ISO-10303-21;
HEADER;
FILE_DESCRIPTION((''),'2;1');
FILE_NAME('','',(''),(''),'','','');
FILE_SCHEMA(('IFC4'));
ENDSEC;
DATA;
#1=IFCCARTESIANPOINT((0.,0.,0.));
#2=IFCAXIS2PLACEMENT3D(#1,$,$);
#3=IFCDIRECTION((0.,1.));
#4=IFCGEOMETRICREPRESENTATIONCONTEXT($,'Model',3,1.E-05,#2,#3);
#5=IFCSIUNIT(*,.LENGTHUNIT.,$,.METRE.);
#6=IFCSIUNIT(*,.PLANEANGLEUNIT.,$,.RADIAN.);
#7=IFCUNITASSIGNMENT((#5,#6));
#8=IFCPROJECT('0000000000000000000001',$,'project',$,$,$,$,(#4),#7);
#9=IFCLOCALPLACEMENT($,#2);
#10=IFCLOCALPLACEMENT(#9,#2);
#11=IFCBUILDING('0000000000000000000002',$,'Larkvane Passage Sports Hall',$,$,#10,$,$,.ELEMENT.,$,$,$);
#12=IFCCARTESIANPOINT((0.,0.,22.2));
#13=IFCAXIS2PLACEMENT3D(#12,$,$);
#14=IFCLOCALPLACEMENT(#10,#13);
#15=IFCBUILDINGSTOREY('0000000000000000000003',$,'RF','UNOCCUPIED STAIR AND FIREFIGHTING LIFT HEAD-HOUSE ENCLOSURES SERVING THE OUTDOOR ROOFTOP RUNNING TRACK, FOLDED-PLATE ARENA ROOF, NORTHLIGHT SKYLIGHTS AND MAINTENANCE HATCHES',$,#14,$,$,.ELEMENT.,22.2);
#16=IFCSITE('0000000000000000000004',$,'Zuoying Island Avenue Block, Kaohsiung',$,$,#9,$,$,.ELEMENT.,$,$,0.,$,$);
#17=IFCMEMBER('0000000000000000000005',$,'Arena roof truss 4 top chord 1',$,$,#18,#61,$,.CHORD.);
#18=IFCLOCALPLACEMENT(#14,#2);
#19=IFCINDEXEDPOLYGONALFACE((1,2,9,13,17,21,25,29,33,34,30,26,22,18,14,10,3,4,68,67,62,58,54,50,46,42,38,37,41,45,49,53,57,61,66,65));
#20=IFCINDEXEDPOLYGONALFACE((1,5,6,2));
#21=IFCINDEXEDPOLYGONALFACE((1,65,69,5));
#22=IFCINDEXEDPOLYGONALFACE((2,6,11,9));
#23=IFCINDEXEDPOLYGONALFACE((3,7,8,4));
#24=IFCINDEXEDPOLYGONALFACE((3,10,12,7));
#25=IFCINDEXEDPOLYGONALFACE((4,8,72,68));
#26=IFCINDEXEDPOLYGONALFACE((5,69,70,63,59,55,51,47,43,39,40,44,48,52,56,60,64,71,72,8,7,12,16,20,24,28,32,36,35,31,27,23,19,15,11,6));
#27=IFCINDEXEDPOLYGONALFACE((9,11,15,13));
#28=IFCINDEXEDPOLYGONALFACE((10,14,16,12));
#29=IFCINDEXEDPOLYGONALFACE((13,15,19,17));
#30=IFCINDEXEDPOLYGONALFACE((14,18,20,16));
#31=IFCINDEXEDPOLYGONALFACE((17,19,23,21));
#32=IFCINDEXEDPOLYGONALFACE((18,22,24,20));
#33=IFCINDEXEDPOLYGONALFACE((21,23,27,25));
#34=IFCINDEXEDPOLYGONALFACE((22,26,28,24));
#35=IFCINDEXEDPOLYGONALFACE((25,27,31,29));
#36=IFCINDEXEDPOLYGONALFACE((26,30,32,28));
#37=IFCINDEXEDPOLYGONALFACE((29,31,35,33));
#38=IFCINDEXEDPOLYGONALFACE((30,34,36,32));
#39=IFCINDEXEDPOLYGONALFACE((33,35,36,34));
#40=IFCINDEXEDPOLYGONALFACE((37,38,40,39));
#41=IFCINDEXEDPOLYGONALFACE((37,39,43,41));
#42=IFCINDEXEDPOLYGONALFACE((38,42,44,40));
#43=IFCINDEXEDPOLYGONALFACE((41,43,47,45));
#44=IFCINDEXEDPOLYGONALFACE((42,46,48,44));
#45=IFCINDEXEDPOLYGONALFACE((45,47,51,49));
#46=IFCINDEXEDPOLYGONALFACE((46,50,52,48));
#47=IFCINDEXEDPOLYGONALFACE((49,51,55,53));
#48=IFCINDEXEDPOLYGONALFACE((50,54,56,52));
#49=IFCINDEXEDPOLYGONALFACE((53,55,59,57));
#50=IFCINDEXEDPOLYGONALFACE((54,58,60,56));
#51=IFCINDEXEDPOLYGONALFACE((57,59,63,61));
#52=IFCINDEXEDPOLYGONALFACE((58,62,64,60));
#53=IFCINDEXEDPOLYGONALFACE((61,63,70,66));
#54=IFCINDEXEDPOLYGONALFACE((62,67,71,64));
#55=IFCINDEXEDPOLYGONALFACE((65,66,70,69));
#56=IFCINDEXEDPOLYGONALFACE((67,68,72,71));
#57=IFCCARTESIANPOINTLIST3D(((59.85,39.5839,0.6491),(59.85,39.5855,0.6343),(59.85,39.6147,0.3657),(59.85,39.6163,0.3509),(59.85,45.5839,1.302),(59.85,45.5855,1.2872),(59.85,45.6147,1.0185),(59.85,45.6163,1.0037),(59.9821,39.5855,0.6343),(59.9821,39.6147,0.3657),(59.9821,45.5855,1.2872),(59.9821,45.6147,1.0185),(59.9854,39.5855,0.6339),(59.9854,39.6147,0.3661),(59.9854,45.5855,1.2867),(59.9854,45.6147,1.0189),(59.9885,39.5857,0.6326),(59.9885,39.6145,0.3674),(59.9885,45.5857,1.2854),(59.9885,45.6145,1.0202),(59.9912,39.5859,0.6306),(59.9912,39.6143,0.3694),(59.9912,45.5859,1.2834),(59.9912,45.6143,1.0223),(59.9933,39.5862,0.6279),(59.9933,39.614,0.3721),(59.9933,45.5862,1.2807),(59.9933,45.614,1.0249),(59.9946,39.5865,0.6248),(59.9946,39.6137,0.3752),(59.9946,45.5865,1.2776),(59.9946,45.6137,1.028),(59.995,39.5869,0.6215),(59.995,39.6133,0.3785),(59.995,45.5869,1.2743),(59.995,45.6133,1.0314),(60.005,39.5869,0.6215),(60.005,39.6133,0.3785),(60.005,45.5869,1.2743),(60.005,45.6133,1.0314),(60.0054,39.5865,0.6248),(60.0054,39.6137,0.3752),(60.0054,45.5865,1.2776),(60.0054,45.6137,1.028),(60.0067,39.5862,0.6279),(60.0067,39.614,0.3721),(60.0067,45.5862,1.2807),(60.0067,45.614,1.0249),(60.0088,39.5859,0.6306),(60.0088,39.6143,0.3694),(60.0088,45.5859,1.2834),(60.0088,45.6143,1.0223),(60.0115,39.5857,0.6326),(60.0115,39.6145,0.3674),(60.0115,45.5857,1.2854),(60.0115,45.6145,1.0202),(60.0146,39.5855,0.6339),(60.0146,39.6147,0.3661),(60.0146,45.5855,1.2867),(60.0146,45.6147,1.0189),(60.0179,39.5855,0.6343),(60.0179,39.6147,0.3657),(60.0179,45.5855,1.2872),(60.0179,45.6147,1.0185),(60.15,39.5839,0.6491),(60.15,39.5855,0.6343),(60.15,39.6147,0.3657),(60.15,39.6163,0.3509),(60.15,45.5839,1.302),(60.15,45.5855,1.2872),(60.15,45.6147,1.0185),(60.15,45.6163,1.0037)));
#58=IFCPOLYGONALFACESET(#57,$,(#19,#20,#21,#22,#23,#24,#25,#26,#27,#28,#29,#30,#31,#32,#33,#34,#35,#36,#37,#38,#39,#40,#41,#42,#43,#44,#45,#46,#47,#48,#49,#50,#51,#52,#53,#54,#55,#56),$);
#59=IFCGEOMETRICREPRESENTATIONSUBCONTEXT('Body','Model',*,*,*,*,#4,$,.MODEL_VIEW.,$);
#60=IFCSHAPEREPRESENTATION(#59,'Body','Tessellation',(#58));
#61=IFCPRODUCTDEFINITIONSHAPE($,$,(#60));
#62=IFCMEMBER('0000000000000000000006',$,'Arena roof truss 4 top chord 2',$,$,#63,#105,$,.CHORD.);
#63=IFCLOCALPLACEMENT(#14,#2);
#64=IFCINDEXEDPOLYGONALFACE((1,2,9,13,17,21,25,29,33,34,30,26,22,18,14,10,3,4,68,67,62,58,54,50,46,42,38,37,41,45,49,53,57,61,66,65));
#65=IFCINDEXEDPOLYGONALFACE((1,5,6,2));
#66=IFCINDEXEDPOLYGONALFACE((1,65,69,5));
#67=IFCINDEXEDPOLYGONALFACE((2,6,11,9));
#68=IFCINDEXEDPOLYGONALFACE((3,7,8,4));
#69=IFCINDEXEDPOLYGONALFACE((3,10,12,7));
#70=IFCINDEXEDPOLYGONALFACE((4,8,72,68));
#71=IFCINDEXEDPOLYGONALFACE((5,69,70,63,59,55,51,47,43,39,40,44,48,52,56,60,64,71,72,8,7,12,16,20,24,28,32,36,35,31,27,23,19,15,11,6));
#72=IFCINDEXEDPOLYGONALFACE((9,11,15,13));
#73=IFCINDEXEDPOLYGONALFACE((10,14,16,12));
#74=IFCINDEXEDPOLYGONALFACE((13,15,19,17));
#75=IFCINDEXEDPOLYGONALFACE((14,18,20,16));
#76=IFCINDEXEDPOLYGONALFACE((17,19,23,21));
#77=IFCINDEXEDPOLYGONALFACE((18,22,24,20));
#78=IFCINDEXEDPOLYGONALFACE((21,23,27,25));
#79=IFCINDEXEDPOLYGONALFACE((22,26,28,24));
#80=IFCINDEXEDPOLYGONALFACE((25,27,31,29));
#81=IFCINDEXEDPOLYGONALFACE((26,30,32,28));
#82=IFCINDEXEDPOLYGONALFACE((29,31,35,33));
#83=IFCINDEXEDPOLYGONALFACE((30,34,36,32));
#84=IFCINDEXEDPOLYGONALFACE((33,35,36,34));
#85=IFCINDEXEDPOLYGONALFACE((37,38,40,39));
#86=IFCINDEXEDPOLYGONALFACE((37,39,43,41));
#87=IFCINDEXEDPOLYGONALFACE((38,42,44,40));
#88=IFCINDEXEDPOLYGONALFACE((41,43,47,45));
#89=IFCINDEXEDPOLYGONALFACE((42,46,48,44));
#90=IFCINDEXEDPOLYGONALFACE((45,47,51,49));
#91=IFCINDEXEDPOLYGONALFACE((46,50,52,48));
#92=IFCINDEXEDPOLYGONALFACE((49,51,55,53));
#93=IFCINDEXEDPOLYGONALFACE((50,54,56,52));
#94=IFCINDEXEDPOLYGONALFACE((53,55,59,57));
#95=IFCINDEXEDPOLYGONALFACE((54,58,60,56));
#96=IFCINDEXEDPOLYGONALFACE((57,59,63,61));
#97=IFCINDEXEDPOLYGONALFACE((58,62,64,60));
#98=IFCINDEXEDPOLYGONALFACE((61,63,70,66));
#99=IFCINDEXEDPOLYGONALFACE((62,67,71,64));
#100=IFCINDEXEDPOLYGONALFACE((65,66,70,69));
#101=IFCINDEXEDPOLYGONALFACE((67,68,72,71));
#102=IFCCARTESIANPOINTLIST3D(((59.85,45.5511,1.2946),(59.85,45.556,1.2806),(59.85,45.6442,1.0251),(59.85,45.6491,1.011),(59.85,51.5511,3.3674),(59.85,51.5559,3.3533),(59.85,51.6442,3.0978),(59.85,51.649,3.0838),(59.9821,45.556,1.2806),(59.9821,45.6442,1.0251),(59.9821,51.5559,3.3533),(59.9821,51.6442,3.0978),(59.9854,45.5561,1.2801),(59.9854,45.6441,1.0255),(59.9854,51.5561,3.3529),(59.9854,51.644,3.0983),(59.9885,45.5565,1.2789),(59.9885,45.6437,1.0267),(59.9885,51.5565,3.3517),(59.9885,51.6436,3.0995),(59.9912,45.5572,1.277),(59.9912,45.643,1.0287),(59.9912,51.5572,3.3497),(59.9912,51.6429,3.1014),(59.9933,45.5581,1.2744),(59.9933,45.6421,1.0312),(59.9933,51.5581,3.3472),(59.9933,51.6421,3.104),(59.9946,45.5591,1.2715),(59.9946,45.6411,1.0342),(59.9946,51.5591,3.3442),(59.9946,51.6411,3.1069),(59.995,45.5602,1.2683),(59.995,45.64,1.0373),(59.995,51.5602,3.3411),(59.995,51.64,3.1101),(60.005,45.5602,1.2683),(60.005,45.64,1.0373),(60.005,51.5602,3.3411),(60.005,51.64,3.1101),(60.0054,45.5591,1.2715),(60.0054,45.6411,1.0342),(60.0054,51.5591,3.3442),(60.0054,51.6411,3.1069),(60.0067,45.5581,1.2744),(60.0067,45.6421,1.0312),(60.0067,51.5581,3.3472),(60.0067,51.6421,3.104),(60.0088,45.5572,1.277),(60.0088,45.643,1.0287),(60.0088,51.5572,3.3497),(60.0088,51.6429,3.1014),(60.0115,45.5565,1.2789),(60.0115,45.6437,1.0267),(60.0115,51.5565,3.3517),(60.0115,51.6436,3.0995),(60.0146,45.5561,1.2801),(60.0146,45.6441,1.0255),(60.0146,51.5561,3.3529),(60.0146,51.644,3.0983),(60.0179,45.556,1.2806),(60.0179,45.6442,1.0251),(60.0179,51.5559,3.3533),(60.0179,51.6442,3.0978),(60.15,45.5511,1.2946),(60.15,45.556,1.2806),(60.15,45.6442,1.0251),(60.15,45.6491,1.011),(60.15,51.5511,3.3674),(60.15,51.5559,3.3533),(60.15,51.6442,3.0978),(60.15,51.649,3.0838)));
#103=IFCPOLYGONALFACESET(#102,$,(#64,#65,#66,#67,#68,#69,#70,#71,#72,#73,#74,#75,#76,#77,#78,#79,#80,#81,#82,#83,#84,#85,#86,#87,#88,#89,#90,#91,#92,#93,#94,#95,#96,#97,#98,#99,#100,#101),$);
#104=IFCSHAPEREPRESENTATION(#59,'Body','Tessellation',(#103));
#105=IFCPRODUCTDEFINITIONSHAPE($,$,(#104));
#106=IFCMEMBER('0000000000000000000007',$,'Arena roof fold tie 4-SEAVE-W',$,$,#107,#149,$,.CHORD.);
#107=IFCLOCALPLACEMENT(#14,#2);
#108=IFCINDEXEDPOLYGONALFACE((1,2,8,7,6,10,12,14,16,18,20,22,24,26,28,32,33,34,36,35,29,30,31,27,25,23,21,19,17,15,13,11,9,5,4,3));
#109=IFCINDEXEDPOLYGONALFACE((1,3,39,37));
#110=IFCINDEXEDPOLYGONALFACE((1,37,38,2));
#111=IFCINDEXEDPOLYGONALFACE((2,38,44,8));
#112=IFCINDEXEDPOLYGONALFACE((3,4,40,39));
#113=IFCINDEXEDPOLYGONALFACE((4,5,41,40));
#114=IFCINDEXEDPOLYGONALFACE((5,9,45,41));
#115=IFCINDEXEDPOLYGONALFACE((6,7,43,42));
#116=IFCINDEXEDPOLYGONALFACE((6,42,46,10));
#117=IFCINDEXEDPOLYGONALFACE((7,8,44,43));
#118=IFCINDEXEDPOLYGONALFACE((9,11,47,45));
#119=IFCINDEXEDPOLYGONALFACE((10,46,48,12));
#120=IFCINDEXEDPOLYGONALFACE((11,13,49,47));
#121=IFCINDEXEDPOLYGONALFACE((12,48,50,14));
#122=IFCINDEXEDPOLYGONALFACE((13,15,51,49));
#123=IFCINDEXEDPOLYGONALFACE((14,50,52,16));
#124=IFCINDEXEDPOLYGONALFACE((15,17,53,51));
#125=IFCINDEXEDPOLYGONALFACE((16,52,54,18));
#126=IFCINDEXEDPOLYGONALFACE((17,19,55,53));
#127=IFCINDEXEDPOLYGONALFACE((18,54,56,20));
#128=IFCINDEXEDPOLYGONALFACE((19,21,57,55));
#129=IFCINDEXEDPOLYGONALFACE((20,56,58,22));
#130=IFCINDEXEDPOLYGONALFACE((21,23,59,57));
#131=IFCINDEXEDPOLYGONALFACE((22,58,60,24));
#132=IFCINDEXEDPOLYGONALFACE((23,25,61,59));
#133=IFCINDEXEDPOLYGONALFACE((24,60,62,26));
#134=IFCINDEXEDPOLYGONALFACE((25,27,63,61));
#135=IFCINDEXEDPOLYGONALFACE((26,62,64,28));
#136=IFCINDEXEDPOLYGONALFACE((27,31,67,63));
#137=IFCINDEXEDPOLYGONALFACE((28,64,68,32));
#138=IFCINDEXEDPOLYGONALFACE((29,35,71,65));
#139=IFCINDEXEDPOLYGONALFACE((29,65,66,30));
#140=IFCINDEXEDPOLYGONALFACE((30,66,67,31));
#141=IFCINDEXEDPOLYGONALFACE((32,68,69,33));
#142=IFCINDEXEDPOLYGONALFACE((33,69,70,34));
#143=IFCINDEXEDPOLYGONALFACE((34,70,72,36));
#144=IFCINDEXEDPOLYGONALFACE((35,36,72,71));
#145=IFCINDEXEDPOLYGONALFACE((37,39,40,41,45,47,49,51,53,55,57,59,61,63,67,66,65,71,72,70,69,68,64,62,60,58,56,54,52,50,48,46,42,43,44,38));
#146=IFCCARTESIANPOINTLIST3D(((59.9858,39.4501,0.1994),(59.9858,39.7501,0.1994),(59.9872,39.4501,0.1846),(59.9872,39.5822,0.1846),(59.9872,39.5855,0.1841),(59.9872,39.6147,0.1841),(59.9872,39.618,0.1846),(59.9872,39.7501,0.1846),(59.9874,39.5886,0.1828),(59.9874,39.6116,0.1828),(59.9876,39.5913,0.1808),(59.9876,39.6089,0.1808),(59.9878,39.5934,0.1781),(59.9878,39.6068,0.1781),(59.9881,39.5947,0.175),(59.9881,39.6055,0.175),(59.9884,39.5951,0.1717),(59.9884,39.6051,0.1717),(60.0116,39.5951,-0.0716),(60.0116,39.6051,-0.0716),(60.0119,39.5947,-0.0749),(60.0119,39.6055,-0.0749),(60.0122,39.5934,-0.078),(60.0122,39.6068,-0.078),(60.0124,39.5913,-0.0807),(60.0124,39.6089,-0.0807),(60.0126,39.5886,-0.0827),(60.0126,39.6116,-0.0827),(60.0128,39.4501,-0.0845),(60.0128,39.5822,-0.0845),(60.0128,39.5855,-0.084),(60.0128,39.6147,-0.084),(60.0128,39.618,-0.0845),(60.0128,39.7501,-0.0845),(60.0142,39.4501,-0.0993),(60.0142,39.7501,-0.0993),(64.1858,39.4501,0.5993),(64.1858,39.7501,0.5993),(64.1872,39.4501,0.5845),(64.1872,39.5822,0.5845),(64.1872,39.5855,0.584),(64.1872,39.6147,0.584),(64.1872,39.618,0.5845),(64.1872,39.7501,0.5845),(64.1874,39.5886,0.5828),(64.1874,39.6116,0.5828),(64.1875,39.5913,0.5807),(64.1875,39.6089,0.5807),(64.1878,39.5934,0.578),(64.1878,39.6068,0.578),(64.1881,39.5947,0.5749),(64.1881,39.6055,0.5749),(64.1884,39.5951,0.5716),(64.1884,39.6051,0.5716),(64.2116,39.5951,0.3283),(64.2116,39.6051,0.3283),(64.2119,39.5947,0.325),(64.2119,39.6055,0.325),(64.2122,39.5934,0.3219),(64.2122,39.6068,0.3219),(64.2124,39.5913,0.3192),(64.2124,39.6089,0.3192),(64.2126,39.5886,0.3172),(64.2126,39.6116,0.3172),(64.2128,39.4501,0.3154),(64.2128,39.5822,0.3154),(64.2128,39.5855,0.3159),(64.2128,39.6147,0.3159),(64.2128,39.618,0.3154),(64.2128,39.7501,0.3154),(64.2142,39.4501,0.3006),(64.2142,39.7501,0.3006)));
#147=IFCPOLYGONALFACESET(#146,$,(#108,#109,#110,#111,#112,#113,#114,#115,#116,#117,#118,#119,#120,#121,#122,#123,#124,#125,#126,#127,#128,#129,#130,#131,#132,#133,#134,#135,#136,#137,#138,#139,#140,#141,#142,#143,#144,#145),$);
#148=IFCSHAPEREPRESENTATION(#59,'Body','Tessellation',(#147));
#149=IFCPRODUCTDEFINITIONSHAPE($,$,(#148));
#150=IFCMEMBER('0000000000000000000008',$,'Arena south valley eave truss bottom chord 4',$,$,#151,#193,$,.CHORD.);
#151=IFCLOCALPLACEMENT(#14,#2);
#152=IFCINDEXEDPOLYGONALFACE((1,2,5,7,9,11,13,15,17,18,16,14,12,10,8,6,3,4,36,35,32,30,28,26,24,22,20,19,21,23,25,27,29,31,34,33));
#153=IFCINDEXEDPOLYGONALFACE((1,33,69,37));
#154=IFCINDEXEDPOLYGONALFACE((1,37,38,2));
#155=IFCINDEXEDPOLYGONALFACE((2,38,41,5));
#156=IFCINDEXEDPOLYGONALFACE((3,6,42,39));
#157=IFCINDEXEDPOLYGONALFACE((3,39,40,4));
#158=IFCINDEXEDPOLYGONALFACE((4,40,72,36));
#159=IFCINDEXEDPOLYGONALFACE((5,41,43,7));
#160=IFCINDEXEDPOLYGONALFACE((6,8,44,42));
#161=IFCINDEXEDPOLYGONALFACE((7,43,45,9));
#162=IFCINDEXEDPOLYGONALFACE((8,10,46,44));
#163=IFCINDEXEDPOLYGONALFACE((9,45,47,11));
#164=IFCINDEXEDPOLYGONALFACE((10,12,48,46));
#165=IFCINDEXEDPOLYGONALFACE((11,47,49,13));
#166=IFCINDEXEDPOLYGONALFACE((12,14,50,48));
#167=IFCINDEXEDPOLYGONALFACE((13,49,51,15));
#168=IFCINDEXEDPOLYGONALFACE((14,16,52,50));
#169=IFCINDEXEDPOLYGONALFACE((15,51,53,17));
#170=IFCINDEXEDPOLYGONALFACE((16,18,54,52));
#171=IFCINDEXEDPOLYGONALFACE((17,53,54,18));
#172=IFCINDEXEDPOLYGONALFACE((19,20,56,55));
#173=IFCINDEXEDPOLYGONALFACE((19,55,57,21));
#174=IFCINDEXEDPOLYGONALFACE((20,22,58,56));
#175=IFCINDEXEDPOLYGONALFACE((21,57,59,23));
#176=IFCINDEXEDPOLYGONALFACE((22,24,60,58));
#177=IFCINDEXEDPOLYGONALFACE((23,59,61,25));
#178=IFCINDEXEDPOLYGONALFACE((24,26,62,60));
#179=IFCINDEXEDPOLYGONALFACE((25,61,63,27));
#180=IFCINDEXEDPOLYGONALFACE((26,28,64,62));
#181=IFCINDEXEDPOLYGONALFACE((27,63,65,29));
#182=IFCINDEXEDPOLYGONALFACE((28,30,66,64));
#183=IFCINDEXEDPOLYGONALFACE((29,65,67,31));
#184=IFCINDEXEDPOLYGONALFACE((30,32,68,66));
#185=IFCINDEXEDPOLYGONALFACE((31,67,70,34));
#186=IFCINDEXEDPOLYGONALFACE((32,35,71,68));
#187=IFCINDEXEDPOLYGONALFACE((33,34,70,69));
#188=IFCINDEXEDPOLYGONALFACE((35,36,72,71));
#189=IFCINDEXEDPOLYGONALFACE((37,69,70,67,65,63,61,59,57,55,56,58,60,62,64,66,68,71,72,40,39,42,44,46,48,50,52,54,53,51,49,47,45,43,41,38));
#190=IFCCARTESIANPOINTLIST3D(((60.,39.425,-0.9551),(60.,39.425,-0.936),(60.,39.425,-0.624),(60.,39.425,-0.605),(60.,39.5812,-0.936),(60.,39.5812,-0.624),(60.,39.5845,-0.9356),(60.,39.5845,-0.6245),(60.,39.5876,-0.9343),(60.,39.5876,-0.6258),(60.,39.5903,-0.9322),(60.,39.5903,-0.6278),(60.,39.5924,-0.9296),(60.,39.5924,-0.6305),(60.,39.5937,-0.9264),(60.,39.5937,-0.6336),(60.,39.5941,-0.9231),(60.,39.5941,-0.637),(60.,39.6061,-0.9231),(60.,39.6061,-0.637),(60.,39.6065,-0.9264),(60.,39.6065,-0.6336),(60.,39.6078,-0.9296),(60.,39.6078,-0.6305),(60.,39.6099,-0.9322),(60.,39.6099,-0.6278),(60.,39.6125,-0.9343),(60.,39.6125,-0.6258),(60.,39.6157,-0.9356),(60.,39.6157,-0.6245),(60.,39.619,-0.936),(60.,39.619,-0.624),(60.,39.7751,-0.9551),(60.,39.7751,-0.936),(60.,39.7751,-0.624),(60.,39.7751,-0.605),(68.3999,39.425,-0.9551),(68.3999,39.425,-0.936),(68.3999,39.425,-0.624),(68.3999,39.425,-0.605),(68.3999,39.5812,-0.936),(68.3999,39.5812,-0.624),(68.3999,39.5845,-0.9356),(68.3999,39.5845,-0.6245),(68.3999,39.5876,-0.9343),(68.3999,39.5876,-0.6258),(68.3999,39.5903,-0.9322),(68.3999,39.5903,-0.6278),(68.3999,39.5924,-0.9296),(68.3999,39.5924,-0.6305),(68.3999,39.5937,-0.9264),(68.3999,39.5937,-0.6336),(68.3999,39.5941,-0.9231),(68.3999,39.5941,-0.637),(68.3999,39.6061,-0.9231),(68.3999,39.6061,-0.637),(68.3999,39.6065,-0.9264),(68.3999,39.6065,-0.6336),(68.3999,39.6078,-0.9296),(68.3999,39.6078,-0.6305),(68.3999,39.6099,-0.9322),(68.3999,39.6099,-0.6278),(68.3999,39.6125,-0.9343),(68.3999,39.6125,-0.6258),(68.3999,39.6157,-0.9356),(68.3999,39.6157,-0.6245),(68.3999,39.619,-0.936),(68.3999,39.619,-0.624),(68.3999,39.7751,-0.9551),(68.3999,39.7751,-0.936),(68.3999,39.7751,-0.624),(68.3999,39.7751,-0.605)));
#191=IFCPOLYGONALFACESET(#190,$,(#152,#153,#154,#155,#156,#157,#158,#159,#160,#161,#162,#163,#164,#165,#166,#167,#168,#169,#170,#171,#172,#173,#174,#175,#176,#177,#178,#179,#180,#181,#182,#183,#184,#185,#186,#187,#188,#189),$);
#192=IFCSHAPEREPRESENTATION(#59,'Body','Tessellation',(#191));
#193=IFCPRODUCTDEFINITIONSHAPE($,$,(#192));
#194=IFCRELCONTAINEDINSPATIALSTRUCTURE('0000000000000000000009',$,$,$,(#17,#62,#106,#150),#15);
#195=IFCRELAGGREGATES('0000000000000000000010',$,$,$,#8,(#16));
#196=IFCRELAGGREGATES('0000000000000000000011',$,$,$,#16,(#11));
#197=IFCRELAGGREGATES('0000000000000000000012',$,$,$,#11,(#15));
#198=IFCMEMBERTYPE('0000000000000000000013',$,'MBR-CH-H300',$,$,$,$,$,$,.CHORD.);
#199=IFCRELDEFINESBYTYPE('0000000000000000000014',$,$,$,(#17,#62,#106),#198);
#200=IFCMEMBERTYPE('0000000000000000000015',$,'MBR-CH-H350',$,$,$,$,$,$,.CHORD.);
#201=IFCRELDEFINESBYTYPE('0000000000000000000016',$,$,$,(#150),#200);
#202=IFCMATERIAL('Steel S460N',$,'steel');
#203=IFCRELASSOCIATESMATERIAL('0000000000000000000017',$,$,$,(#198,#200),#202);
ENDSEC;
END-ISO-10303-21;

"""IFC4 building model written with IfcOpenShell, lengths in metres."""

from ifc_helpers import new_model, si_unit, direction, frame, origin, origin_2d, place, context, subcontext, project, spatial, i_section, extrude, material, material_profile, profile_set, type_object, element, save


model = new_model("IFC4")

# Units and contexts
model_context = context("Model", 3, precision=1e-05, world=origin(), true_north=direction((0.0, 1.0)))
body_context = subcontext(model_context, "Body", "Model", "MODEL_VIEW")
ifc_project = project(units=[si_unit("LENGTHUNIT", "METRE"), si_unit("PLANEANGLEUNIT", "RADIAN")], contexts=[model_context])

# Site, building, storey
site_placement = place(None, origin())
site = spatial("IfcSite", under=ifc_project, at=site_placement, Name="Zuoying Island Avenue Block, Kaohsiung", CompositionType="ELEMENT", RefElevation=0.0)
building_placement = place(site_placement, origin())
building = spatial("IfcBuilding", under=site, at=building_placement, Name="Larkvane Passage Sports Hall", CompositionType="ELEMENT")
storey_placement = place(building_placement, frame((0.0, 0.0, 22.2)))
storey = spatial("IfcBuildingStorey", under=building, at=storey_placement, Name="RF", Description="UNOCCUPIED STAIR AND FIREFIGHTING LIFT HEAD-HOUSE ENCLOSURES SERVING THE OUTDOOR ROOFTOP RUNNING TRACK, FOLDED-PLATE ARENA ROOF, NORTHLIGHT SKYLIGHTS AND MAINTENANCE HATCHES", CompositionType="ELEMENT", Elevation=22.2)

# Members
ifc_material_1 = material(Name="Steel S460N", Category="steel")
ifc_material_profile_1 = material_profile(ifc_material_1, i_section(OverallWidth=0.3, OverallDepth=0.3, WebThickness=0.01, FlangeThickness=0.0149, FilletRadius=0.0129, at=origin_2d()), Name="H-300x300x10x15")
ifc_profile_set_1 = profile_set([ifc_material_profile_1], Name="Steel S460N")
member_type_1 = type_object("IfcMemberType", Name="MBR-CH-H300", PredefinedType="CHORD", material=ifc_profile_set_1)
member_1_placement = place(storey_placement, frame((60.0, 39.6001, 0.5), z_axis=(0.0, 0.994133, 0.108167), x_axis=(-1.0, 0.0, 0.0)))
element("IfcMember", 1, at=member_1_placement, inside=storey, type_object=member_type_1, Name="Arena roof truss 4 top chord 1", PredefinedType="CHORD", context=body_context, shape_type="SweptSolid", body=[
    extrude(i_section(OverallWidth=0.3, OverallDepth=0.3, WebThickness=0.01, FlangeThickness=0.0149, FilletRadius=0.0129, at=origin_2d()), origin(), (0.0, 0.0, 1.0), 6.0354),
])
member_2_placement = place(storey_placement, frame((60.0, 45.6001, 1.1528), z_axis=(0.0, 0.945189, 0.326524), x_axis=(-1.0, 0.0, 0.0)))
element("IfcMember", 2, at=member_2_placement, inside=storey, type_object=member_type_1, Name="Arena roof truss 4 top chord 2", PredefinedType="CHORD", context=body_context, shape_type="SweptSolid", body=[
    extrude(i_section(OverallWidth=0.3, OverallDepth=0.3, WebThickness=0.01, FlangeThickness=0.0149, FilletRadius=0.0129, at=origin_2d()), origin(), (0.0, 0.0, 1.0), 6.3479),
])
member_3_placement = place(storey_placement, frame((60.0, 39.6001, 0.05), z_axis=(0.995498, 0.0, 0.094787), x_axis=(0.0, 1.0, 0.0)))
element("IfcMember", 3, at=member_3_placement, inside=storey, type_object=member_type_1, Name="Arena roof fold tie 4-SEAVE-W", PredefinedType="CHORD", context=body_context, shape_type="SweptSolid", body=[
    extrude(i_section(OverallWidth=0.3, OverallDepth=0.3, WebThickness=0.01, FlangeThickness=0.0149, FilletRadius=0.0129, at=origin_2d()), origin(), (0.0, 0.0, 1.0), 4.219),
])
ifc_material_profile_2 = material_profile(ifc_material_1, i_section(OverallWidth=0.3501, OverallDepth=0.3501, WebThickness=0.012, FlangeThickness=0.019, FilletRadius=0.0129, at=origin_2d()), Name="H-350x350x12x19")
ifc_profile_set_2 = profile_set([ifc_material_profile_2], Name="Steel S460N")
member_type_2 = type_object("IfcMemberType", Name="MBR-CH-H350", PredefinedType="CHORD", material=ifc_profile_set_2)
for number, where, z_axis, x_axis, name in (
    (4, (60.0, 39.6001, -0.78), (1.0, 0.0, 0.0), (0.0, 1.0, 0.0), "Arena south valley eave truss bottom chord 4"),
):
    element("IfcMember", number, at=place(storey_placement, frame(where, z_axis=z_axis, x_axis=x_axis)), inside=storey, type_object=member_type_2, Name=name, PredefinedType="CHORD", context=body_context, shape_type="SweptSolid", body=[
        extrude(i_section(OverallWidth=0.3501, OverallDepth=0.3501, WebThickness=0.012, FlangeThickness=0.019, FilletRadius=0.0129, at=origin_2d()), origin(), (0.0, 0.0, 1.0), 8.3999),
    ])

save(model, "model.ifc")
